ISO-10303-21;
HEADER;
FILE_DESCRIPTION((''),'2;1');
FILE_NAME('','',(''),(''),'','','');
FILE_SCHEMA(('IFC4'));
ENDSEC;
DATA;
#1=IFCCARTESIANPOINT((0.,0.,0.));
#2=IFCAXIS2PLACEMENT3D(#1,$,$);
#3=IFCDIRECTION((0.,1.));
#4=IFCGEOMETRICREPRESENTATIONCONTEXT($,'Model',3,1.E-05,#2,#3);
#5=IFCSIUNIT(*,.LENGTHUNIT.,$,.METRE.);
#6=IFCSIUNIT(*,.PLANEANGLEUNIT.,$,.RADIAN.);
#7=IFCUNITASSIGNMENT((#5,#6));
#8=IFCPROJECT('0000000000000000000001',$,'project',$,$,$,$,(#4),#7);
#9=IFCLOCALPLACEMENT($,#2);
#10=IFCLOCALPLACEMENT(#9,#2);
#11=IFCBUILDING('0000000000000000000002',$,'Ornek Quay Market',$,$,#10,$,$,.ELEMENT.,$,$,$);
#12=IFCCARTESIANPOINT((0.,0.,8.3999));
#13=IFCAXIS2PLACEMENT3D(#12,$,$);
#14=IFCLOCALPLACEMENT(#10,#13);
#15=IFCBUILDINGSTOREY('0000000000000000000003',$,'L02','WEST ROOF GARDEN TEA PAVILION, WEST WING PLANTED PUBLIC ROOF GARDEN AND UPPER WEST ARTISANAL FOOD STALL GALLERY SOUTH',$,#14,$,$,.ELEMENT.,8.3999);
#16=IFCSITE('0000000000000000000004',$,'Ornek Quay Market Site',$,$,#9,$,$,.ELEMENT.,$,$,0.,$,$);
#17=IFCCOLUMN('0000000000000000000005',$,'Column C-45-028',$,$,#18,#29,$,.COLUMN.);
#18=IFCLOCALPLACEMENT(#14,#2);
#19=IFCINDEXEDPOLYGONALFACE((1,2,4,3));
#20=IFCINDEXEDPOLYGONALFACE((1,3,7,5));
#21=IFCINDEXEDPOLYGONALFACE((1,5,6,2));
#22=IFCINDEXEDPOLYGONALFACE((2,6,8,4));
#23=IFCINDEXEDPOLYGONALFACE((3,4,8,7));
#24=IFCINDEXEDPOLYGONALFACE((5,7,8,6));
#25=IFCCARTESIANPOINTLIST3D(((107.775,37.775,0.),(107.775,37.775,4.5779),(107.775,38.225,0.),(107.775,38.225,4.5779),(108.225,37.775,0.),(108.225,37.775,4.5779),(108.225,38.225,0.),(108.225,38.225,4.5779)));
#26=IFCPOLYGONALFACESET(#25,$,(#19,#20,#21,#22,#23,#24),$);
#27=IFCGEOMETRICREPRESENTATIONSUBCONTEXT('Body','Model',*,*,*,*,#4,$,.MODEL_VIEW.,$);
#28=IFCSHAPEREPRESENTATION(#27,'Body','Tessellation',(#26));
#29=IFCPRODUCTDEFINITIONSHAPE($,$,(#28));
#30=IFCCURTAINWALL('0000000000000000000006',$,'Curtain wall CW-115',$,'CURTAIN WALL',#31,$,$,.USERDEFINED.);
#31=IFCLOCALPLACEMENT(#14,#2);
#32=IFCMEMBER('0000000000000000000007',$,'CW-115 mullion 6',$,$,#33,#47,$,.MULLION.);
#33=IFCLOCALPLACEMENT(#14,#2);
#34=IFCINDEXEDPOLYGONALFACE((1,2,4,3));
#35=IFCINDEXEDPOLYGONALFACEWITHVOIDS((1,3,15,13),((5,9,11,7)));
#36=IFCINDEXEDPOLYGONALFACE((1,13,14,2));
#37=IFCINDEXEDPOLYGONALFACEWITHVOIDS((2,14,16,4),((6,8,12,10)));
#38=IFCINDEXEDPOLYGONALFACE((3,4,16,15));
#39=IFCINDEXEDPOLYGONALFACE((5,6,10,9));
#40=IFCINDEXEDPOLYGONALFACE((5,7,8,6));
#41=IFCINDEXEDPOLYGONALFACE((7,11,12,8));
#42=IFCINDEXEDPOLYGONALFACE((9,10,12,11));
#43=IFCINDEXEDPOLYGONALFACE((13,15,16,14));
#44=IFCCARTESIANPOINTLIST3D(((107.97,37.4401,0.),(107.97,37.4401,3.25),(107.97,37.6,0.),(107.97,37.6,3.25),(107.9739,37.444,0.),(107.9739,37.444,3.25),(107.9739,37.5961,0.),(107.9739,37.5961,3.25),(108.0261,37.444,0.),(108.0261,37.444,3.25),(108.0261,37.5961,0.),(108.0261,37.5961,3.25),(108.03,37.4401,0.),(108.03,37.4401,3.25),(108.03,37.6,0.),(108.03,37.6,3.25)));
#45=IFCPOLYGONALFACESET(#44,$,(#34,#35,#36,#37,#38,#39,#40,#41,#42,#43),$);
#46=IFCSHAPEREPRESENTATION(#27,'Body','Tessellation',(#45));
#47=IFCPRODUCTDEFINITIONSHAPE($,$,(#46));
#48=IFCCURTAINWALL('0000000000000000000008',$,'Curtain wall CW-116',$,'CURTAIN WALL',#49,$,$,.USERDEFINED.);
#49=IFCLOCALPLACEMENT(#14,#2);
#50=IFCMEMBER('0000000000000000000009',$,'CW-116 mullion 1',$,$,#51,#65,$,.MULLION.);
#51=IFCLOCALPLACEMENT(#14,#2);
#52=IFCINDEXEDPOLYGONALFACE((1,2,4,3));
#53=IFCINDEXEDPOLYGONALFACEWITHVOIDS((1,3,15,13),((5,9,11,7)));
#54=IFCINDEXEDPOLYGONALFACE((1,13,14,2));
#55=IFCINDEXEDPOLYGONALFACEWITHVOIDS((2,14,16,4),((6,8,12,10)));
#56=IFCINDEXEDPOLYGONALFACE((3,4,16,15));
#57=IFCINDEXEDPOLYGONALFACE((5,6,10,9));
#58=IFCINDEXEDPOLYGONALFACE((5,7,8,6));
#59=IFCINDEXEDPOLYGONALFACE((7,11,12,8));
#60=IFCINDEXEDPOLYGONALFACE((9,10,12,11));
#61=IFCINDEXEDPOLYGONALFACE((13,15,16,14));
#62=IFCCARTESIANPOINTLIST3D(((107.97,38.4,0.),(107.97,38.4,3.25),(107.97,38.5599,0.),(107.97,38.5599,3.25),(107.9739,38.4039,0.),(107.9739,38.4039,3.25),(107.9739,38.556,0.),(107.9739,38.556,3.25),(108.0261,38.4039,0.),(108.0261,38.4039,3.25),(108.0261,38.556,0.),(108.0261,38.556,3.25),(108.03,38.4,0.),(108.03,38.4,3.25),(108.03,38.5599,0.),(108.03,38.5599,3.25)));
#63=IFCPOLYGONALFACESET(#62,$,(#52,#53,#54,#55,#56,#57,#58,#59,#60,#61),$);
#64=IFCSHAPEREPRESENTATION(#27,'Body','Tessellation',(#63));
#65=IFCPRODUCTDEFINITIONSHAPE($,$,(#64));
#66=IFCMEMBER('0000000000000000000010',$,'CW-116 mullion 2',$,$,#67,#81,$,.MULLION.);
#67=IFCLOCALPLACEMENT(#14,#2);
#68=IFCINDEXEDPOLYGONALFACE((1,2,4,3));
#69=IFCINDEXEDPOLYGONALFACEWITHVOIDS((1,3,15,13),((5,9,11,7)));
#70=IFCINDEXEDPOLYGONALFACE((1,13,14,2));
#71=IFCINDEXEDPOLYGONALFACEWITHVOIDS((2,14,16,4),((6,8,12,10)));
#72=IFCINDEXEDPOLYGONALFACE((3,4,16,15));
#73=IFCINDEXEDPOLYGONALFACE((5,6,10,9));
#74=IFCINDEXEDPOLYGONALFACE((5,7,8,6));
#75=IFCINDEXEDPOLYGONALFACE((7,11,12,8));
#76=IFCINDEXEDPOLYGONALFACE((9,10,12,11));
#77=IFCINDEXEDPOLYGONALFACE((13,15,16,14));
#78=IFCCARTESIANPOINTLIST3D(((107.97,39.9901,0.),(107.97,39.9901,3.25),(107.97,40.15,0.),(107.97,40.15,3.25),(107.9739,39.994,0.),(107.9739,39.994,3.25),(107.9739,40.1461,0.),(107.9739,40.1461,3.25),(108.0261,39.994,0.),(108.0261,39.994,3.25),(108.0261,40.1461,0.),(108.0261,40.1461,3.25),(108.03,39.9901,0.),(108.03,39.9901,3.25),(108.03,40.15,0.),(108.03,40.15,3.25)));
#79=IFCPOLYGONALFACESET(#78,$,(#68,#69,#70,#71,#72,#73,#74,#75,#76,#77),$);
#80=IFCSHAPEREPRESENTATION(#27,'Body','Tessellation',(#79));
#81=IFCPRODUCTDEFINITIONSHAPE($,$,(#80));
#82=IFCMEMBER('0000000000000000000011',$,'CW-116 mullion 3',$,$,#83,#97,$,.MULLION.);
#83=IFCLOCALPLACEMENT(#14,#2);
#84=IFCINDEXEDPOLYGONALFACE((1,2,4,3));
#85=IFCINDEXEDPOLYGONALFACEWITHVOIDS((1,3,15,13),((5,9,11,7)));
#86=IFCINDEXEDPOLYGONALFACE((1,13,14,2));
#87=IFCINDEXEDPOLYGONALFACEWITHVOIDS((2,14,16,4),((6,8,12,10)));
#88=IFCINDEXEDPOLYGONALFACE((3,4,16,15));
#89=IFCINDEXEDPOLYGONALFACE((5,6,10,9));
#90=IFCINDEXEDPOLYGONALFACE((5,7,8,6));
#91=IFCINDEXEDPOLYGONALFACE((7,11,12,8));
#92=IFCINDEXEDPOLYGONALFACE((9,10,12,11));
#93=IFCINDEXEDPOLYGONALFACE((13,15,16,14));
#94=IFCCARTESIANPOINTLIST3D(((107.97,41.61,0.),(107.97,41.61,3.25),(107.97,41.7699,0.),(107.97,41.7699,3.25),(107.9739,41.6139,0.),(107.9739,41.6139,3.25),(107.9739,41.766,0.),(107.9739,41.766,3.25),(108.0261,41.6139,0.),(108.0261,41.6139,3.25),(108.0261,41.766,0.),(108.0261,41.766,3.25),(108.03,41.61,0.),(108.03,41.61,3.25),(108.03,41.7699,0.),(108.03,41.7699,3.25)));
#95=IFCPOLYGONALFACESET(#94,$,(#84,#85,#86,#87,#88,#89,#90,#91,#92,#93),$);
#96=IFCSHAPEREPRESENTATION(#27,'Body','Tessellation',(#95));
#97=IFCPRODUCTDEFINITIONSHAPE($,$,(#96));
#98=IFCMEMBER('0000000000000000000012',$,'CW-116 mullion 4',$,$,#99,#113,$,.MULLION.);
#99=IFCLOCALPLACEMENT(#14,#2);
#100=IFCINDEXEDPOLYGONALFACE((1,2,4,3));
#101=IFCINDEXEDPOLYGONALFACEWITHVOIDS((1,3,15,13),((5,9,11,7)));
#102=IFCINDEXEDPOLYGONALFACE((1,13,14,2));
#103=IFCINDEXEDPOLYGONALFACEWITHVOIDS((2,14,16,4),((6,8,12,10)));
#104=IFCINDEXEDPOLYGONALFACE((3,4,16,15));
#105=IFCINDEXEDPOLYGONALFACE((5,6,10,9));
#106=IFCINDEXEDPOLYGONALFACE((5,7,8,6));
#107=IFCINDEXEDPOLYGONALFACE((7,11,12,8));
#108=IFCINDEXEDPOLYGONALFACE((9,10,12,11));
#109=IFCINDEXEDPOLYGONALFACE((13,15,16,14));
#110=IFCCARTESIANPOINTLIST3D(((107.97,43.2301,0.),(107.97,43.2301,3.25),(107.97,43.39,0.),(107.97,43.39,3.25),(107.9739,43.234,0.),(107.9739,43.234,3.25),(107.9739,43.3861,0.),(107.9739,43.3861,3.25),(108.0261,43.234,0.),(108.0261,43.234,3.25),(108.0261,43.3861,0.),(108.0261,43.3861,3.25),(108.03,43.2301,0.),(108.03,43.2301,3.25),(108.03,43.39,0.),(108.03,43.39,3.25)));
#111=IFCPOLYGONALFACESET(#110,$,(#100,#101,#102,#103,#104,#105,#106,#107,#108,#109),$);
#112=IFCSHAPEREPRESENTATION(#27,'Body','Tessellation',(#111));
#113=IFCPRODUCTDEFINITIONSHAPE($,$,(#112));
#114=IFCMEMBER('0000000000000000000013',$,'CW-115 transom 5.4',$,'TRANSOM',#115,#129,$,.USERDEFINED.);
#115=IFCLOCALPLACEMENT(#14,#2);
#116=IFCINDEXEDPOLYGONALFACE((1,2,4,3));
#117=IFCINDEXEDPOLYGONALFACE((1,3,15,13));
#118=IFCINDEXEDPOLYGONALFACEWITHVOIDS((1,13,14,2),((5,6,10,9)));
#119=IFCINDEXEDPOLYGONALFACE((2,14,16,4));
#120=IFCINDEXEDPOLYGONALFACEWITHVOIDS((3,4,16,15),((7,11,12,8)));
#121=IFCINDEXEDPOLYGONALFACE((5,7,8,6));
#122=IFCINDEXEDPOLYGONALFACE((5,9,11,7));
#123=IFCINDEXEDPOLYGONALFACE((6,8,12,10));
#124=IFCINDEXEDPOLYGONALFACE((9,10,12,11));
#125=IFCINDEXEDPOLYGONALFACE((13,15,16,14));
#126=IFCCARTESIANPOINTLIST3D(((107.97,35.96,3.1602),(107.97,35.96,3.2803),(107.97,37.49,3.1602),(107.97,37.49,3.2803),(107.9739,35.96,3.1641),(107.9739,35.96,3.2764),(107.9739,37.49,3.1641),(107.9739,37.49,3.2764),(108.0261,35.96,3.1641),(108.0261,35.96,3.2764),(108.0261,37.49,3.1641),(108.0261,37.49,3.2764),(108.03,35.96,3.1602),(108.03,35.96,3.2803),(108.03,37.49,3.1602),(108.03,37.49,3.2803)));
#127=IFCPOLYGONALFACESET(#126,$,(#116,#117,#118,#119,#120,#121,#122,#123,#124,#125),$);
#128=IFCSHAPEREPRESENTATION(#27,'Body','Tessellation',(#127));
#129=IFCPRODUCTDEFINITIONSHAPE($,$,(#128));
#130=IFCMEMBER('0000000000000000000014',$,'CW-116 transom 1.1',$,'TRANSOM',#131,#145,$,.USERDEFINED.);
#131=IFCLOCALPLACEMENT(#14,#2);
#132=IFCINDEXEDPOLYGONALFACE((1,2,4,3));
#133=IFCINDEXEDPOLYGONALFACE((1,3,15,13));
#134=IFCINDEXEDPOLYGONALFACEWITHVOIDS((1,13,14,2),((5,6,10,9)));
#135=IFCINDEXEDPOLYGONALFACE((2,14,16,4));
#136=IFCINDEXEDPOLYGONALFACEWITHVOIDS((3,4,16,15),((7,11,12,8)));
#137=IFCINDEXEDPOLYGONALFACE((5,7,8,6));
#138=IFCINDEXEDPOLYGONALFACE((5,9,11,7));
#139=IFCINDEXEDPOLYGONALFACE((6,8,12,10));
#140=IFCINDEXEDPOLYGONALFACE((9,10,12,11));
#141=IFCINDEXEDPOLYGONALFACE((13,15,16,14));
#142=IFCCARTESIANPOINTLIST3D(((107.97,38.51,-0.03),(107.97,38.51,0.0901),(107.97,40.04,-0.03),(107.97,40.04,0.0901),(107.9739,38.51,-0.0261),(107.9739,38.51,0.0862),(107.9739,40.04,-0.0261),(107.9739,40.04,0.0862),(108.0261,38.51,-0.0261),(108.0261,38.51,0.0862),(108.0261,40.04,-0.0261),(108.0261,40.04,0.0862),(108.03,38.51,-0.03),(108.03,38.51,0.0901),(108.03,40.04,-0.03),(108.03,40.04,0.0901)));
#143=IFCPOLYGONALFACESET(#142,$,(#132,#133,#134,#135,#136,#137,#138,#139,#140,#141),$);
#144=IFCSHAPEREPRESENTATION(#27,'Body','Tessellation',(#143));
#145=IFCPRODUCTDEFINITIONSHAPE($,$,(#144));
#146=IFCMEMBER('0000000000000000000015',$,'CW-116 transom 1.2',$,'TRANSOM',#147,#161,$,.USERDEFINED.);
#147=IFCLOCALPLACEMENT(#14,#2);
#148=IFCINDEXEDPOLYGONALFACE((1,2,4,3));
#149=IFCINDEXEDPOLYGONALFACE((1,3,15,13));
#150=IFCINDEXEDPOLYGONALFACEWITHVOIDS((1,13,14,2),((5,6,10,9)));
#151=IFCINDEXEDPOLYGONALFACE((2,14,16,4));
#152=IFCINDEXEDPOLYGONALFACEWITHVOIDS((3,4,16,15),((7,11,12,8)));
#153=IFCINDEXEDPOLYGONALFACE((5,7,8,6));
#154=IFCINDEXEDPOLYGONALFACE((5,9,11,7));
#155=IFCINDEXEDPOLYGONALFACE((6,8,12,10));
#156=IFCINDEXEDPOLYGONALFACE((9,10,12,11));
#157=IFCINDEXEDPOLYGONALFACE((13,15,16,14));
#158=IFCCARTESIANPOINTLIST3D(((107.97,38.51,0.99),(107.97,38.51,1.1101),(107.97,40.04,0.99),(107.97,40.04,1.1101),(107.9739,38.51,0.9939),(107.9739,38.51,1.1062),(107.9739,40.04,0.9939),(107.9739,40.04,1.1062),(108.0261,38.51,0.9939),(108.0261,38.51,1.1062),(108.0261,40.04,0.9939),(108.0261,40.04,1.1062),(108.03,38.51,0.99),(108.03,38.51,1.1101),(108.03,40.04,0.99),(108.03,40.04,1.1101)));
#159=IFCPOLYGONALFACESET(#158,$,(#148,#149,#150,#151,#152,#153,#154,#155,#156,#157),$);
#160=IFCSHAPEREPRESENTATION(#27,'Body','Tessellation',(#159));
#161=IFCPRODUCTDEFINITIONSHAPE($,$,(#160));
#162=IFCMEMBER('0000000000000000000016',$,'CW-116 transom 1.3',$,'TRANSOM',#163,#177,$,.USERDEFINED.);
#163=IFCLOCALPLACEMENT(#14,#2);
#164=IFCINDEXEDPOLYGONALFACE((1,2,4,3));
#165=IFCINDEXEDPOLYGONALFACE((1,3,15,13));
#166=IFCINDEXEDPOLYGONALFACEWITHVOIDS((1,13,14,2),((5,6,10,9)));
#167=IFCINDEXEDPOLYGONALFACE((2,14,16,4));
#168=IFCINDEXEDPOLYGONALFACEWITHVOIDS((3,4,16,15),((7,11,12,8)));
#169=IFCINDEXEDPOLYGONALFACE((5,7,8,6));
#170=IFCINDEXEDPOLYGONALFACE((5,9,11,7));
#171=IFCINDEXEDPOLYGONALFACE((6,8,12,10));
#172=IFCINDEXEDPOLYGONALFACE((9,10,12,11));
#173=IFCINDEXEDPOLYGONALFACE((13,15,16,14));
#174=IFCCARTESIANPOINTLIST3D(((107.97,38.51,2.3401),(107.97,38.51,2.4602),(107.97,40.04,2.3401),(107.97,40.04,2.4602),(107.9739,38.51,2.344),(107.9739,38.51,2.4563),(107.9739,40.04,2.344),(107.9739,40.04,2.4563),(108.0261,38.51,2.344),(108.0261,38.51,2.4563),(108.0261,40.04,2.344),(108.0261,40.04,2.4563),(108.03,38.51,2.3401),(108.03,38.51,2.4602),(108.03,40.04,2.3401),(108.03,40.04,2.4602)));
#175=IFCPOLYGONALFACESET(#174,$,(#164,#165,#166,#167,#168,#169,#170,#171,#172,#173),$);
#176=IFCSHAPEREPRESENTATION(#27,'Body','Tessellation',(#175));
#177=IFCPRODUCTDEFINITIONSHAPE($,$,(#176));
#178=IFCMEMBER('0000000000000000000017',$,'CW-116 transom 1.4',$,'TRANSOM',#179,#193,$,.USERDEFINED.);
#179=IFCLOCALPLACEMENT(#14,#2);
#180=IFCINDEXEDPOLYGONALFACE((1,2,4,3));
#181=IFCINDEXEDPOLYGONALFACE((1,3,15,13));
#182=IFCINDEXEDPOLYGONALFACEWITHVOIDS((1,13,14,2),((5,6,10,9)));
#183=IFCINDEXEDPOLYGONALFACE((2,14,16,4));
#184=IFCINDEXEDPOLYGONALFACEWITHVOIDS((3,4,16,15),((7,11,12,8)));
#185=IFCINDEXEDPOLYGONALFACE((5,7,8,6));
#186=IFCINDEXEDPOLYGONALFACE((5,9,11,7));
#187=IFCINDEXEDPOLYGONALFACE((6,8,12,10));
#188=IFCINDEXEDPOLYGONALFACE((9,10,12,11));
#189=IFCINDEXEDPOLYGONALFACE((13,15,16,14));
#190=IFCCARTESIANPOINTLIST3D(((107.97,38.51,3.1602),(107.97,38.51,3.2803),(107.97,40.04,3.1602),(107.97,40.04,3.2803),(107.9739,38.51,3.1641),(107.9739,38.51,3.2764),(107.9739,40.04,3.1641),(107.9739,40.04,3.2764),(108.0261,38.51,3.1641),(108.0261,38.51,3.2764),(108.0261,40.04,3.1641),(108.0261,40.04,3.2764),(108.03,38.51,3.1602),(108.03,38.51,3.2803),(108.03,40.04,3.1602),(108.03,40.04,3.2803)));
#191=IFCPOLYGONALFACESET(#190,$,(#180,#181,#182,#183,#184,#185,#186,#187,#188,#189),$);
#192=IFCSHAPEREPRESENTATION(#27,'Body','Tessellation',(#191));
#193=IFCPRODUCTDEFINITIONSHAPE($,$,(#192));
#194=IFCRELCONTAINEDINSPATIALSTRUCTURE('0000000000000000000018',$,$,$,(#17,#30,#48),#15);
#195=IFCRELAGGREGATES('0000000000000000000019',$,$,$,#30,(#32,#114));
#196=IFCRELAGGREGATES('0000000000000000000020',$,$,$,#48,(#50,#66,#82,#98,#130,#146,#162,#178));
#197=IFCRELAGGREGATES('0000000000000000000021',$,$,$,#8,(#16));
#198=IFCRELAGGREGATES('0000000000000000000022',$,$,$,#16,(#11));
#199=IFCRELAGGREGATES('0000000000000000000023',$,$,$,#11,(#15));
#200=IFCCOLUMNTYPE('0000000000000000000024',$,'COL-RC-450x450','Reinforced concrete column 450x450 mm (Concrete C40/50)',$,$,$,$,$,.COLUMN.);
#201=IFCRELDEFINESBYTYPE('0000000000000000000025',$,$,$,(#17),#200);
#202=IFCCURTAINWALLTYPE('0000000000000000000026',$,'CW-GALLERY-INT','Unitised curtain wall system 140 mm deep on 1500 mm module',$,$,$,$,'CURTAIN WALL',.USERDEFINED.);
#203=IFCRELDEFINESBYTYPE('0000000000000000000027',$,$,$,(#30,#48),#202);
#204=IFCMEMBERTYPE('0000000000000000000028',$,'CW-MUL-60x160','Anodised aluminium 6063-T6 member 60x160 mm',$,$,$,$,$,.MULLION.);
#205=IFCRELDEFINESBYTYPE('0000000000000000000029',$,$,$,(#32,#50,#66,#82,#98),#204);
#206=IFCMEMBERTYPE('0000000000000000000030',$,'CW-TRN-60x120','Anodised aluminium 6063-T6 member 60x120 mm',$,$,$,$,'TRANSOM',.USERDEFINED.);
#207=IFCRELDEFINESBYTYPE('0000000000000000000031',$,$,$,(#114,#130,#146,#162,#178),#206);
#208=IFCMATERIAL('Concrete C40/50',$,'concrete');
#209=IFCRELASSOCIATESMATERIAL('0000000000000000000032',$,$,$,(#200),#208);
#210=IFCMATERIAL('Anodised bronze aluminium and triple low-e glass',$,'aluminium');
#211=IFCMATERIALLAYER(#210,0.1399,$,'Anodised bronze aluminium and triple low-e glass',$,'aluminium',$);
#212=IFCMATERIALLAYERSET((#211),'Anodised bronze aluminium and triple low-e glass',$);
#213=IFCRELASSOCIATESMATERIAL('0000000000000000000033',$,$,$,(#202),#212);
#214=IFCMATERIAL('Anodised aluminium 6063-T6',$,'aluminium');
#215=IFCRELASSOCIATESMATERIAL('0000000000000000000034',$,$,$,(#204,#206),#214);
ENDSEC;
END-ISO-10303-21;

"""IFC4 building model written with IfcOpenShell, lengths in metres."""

from ifc_helpers import new_model, si_unit, direction, frame, origin, origin_2d, place, context, subcontext, project, spatial, rectangle, hollow_rectangle, extrude, material, layer, layer_set, material_profile, profile_set, type_object, element, aggregate, save


model = new_model("IFC4")

# Units and contexts
model_context = context("Model", 3, precision=1e-05, world=origin(), true_north=direction((0.0, 1.0)))
body_context = subcontext(model_context, "Body", "Model", "MODEL_VIEW")
ifc_project = project(units=[si_unit("LENGTHUNIT", "METRE"), si_unit("PLANEANGLEUNIT", "RADIAN")], contexts=[model_context])

# Site, building, storey
site_placement = place(None, origin())
site = spatial("IfcSite", under=ifc_project, at=site_placement, Name="Ornek Quay Market Site", CompositionType="ELEMENT", RefElevation=0.0)
building_placement = place(site_placement, origin())
building = spatial("IfcBuilding", under=site, at=building_placement, Name="Ornek Quay Market", CompositionType="ELEMENT")
storey_placement = place(building_placement, frame((0.0, 0.0, 8.3999)))
storey = spatial("IfcBuildingStorey", under=building, at=storey_placement, Name="L02", Description="WEST ROOF GARDEN TEA PAVILION, WEST WING PLANTED PUBLIC ROOF GARDEN AND UPPER WEST ARTISANAL FOOD STALL GALLERY SOUTH", CompositionType="ELEMENT", Elevation=8.3999)

# Column
ifc_material_1 = material(Name="Concrete C40/50", Category="concrete")
ifc_material_profile_1 = material_profile(ifc_material_1, rectangle(XDim=0.45, YDim=0.45, at=origin_2d()), Name="RC 450x450", Category="concrete")
ifc_profile_set_1 = profile_set([ifc_material_profile_1], Name="Concrete C40/50")
column_type = type_object("IfcColumnType", Name="COL-RC-450x450", Description="Reinforced concrete column 450x450 mm (Concrete C40/50)", PredefinedType="COLUMN", material=ifc_profile_set_1)
column_placement = place(storey_placement, frame((108.0, 38.0, 0.0), z_axis=(0.0, 0.0, 1.0), x_axis=(1.0, 0.0, 0.0)))
element("IfcColumn", 1, at=column_placement, inside=storey, type_object=column_type, Name="Column C-45-028", PredefinedType="COLUMN", context=body_context, shape_type="SweptSolid", body=[
    extrude(rectangle(XDim=0.45, YDim=0.45, at=origin_2d()), origin(), (0.0, 0.0, 1.0), 4.5779),
])

# Curtain wall, member
ifc_material_2 = material(Name="Anodised bronze aluminium and triple low-e glass", Category="aluminium")
ifc_layer_1 = layer(ifc_material_2, 0.1399, Name="Anodised bronze aluminium and triple low-e glass", Category="aluminium")
ifc_layer_set_1 = layer_set([ifc_layer_1], Name="Anodised bronze aluminium and triple low-e glass")
curtain_wall_type = type_object("IfcCurtainWallType", Name="CW-GALLERY-INT", Description="Unitised curtain wall system 140 mm deep on 1500 mm module", ElementType="CURTAIN WALL", PredefinedType="USERDEFINED", material=ifc_layer_set_1)
curtain_wall_1_placement = place(storey_placement, origin())
curtain_wall_1 = element("IfcCurtainWall", 2, at=curtain_wall_1_placement, inside=storey, type_object=curtain_wall_type, Name="Curtain wall CW-115", ObjectType="CURTAIN WALL", PredefinedType="USERDEFINED")
ifc_material_3 = material(Name="Anodised aluminium 6063-T6", Category="aluminium")
ifc_material_profile_2 = material_profile(ifc_material_3, hollow_rectangle(XDim=0.0601, YDim=0.1599, WallThickness=0.0039, at=origin_2d()), Name="CW-MUL-60x160", Category="aluminium")
ifc_profile_set_2 = profile_set([ifc_material_profile_2], Name="Anodised aluminium 6063-T6")
member_type_1 = type_object("IfcMemberType", Name="CW-MUL-60x160", Description="Anodised aluminium 6063-T6 member 60x160 mm", PredefinedType="MULLION", material=ifc_profile_set_2)
member_1_placement = place(storey_placement, frame((108.0, 37.52, 0.0), z_axis=(0.0, 0.0, 1.0), x_axis=(-1.0, 0.0, 0.0)))
member_1 = element("IfcMember", 3, at=member_1_placement, type_object=member_type_1, Name="CW-115 mullion 6", PredefinedType="MULLION", context=body_context, shape_type="SweptSolid", body=[
    extrude(hollow_rectangle(XDim=0.0601, YDim=0.1599, WallThickness=0.0039, at=origin_2d()), origin(), (0.0, 0.0, 1.0), 3.25),
])

# Curtain wall, members
curtain_wall_2_placement = place(storey_placement, origin())
curtain_wall_2 = element("IfcCurtainWall", 4, at=curtain_wall_2_placement, inside=storey, type_object=curtain_wall_type, Name="Curtain wall CW-116", ObjectType="CURTAIN WALL", PredefinedType="USERDEFINED")
member_2_placement = place(storey_placement, frame((108.0, 38.48, 0.0), z_axis=(0.0, 0.0, 1.0), x_axis=(-1.0, 0.0, 0.0)))
member_2 = element("IfcMember", 5, at=member_2_placement, type_object=member_type_1, Name="CW-116 mullion 1", PredefinedType="MULLION", context=body_context, shape_type="SweptSolid", body=[
    extrude(hollow_rectangle(XDim=0.0601, YDim=0.1599, WallThickness=0.0039, at=origin_2d()), origin(), (0.0, 0.0, 1.0), 3.25),
])
member_3_placement = place(storey_placement, frame((108.0, 40.0701, 0.0), z_axis=(0.0, 0.0, 1.0), x_axis=(-1.0, 0.0, 0.0)))
member_3 = element("IfcMember", 6, at=member_3_placement, type_object=member_type_1, Name="CW-116 mullion 2", PredefinedType="MULLION", context=body_context, shape_type="SweptSolid", body=[
    extrude(hollow_rectangle(XDim=0.0601, YDim=0.1599, WallThickness=0.0039, at=origin_2d()), origin(), (0.0, 0.0, 1.0), 3.25),
])
member_4_placement = place(storey_placement, frame((108.0, 41.6899, 0.0), z_axis=(0.0, 0.0, 1.0), x_axis=(-1.0, 0.0, 0.0)))
member_4 = element("IfcMember", 7, at=member_4_placement, type_object=member_type_1, Name="CW-116 mullion 3", PredefinedType="MULLION", context=body_context, shape_type="SweptSolid", body=[
    extrude(hollow_rectangle(XDim=0.0601, YDim=0.1599, WallThickness=0.0039, at=origin_2d()), origin(), (0.0, 0.0, 1.0), 3.25),
])
member_5_placement = place(storey_placement, frame((108.0, 43.3101, 0.0), z_axis=(0.0, 0.0, 1.0), x_axis=(-1.0, 0.0, 0.0)))
member_5 = element("IfcMember", 8, at=member_5_placement, type_object=member_type_1, Name="CW-116 mullion 4", PredefinedType="MULLION", context=body_context, shape_type="SweptSolid", body=[
    extrude(hollow_rectangle(XDim=0.0601, YDim=0.1599, WallThickness=0.0039, at=origin_2d()), origin(), (0.0, 0.0, 1.0), 3.25),
])

# Members
ifc_material_profile_3 = material_profile(ifc_material_3, hollow_rectangle(XDim=0.0601, YDim=0.1201, WallThickness=0.0039, at=origin_2d()), Name="CW-TRN-60x120", Category="aluminium")
ifc_profile_set_3 = profile_set([ifc_material_profile_3], Name="Anodised aluminium 6063-T6")
member_type_2 = type_object("IfcMemberType", Name="CW-TRN-60x120", Description="Anodised aluminium 6063-T6 member 60x120 mm", ElementType="TRANSOM", PredefinedType="USERDEFINED", material=ifc_profile_set_3)
member_6_placement = place(storey_placement, frame((108.0, 35.96, 3.2202), z_axis=(0.0, 1.0, 0.0), x_axis=(-1.0, 0.0, 0.0)))
member_6 = element("IfcMember", 9, at=member_6_placement, type_object=member_type_2, Name="CW-115 transom 5.4", ObjectType="TRANSOM", PredefinedType="USERDEFINED", context=body_context, shape_type="SweptSolid", body=[
    extrude(hollow_rectangle(XDim=0.0601, YDim=0.1201, WallThickness=0.0039, at=origin_2d()), origin(), (0.0, 0.0, 1.0), 1.53),
])
member_7_placement = place(storey_placement, frame((108.0, 38.51, 0.03), z_axis=(0.0, 1.0, 0.0), x_axis=(-1.0, 0.0, 0.0)))
member_7 = element("IfcMember", 10, at=member_7_placement, type_object=member_type_2, Name="CW-116 transom 1.1", ObjectType="TRANSOM", PredefinedType="USERDEFINED", context=body_context, shape_type="SweptSolid", body=[
    extrude(hollow_rectangle(XDim=0.0601, YDim=0.1201, WallThickness=0.0039, at=origin_2d()), origin(), (0.0, 0.0, 1.0), 1.53),
])
member_8_placement = place(storey_placement, frame((108.0, 38.51, 1.05), z_axis=(0.0, 1.0, 0.0), x_axis=(-1.0, 0.0, 0.0)))
member_8 = element("IfcMember", 11, at=member_8_placement, type_object=member_type_2, Name="CW-116 transom 1.2", ObjectType="TRANSOM", PredefinedType="USERDEFINED", context=body_context, shape_type="SweptSolid", body=[
    extrude(hollow_rectangle(XDim=0.0601, YDim=0.1201, WallThickness=0.0039, at=origin_2d()), origin(), (0.0, 0.0, 1.0), 1.53),
])
member_9_placement = place(storey_placement, frame((108.0, 38.51, 2.4001), z_axis=(0.0, 1.0, 0.0), x_axis=(-1.0, 0.0, 0.0)))
member_9 = element("IfcMember", 12, at=member_9_placement, type_object=member_type_2, Name="CW-116 transom 1.3", ObjectType="TRANSOM", PredefinedType="USERDEFINED", context=body_context, shape_type="SweptSolid", body=[
    extrude(hollow_rectangle(XDim=0.0601, YDim=0.1201, WallThickness=0.0039, at=origin_2d()), origin(), (0.0, 0.0, 1.0), 1.53),
])
member_10_placement = place(storey_placement, frame((108.0, 38.51, 3.2202), z_axis=(0.0, 1.0, 0.0), x_axis=(-1.0, 0.0, 0.0)))
member_10 = element("IfcMember", 13, at=member_10_placement, type_object=member_type_2, Name="CW-116 transom 1.4", ObjectType="TRANSOM", PredefinedType="USERDEFINED", context=body_context, shape_type="SweptSolid", body=[
    extrude(hollow_rectangle(XDim=0.0601, YDim=0.1201, WallThickness=0.0039, at=origin_2d()), origin(), (0.0, 0.0, 1.0), 1.53),
])

aggregate(curtain_wall_1, [member_1, member_6])
aggregate(curtain_wall_2, [member_2, member_3, member_4, member_5, member_7, member_8, member_9, member_10])

save(model, "model.ifc")
